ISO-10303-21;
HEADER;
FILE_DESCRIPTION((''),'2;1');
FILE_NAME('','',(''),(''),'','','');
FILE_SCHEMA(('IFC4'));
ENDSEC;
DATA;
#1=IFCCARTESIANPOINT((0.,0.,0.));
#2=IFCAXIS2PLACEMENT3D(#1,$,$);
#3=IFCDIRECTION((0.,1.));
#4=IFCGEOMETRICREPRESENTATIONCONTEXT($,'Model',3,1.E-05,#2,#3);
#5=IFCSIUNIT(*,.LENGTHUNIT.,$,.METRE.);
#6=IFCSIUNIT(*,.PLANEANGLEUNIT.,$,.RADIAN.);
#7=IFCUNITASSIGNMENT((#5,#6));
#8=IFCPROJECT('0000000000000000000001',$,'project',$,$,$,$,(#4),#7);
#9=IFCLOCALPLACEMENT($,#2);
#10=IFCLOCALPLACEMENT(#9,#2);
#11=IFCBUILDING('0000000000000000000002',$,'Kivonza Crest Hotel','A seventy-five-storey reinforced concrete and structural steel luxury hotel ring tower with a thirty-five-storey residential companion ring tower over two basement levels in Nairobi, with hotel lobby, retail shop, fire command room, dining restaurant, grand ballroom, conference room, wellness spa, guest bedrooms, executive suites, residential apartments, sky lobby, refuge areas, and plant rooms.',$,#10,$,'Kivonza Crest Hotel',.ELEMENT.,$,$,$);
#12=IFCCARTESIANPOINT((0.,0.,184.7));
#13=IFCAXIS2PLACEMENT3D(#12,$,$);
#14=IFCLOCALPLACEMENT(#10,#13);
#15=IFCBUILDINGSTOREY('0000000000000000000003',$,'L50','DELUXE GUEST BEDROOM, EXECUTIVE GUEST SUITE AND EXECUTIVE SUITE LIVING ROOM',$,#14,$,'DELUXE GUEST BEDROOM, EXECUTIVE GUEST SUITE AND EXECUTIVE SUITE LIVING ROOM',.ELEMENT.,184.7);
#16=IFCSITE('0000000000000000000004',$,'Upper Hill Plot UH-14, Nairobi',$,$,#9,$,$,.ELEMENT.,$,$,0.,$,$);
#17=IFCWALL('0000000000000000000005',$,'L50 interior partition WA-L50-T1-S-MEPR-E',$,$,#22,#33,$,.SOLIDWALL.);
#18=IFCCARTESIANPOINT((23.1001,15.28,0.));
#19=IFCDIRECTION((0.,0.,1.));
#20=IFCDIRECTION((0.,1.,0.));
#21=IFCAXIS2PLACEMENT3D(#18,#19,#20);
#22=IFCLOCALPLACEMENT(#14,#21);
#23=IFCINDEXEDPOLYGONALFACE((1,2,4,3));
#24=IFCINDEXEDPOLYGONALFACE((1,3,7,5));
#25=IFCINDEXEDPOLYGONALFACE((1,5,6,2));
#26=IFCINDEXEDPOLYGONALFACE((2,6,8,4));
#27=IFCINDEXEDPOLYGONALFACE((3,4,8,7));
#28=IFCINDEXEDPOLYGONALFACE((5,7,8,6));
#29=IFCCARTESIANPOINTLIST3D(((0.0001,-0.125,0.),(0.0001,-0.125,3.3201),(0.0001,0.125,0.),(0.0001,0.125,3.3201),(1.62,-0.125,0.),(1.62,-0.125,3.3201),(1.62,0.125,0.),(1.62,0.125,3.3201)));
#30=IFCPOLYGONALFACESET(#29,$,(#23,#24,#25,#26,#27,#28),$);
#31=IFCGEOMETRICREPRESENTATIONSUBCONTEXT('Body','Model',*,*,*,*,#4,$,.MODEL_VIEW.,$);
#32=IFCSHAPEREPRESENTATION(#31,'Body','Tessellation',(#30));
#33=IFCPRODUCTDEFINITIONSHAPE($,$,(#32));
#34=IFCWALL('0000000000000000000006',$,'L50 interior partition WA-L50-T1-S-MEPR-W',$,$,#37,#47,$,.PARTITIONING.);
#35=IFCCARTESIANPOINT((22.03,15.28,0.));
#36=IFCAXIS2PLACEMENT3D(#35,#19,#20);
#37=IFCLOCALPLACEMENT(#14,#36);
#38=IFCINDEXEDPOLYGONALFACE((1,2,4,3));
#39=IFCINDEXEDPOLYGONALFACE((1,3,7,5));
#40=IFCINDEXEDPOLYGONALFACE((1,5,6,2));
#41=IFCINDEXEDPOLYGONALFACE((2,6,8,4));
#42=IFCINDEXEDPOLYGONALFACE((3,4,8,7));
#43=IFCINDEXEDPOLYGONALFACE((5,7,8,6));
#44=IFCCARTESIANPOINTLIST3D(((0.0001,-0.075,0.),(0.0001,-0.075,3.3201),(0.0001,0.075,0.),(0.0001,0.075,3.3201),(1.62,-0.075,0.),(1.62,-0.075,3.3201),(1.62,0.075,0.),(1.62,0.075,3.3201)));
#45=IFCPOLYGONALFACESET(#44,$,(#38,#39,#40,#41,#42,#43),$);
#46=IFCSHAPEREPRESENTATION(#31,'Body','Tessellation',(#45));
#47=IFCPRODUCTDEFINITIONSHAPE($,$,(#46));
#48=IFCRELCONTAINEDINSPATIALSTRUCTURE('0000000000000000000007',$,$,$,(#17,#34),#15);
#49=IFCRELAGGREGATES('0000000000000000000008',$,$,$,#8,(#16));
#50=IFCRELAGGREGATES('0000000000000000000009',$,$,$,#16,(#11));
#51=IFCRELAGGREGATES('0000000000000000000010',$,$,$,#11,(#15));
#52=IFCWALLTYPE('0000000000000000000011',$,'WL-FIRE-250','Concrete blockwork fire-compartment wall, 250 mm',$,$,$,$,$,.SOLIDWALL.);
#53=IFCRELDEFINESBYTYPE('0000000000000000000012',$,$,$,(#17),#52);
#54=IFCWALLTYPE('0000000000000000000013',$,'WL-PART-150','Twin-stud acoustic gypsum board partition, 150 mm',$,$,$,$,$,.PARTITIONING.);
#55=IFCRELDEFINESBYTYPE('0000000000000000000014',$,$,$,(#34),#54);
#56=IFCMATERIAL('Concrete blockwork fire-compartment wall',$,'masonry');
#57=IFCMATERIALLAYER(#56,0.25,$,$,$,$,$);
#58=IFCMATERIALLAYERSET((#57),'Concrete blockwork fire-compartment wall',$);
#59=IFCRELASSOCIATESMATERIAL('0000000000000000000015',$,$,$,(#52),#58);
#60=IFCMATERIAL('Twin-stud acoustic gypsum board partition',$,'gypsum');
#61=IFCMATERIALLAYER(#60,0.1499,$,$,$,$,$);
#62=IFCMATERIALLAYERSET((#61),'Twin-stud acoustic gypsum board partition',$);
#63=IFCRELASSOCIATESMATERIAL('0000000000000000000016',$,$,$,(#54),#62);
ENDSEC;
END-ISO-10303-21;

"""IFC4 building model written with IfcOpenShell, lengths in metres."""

from ifc_helpers import new_model, si_unit, direction, frame, frame_2d, origin, place, context, subcontext, project, spatial, rectangle, extrude, material, layer, layer_set, type_object, element, save


model = new_model("IFC4")

# Units and contexts
model_context = context("Model", 3, precision=1e-05, world=origin(), true_north=direction((0.0, 1.0)))
body_context = subcontext(model_context, "Body", "Model", "MODEL_VIEW")
ifc_project = project(units=[si_unit("LENGTHUNIT", "METRE"), si_unit("PLANEANGLEUNIT", "RADIAN")], contexts=[model_context])

# Site, building, storey
site_placement = place(None, origin())
site = spatial("IfcSite", under=ifc_project, at=site_placement, Name="Upper Hill Plot UH-14, Nairobi", CompositionType="ELEMENT", RefElevation=0.0)
building_placement = place(site_placement, origin())
building = spatial("IfcBuilding", under=site, at=building_placement, Name="Kivonza Crest Hotel", Description="A seventy-five-storey reinforced concrete and structural steel luxury hotel ring tower with a thirty-five-storey residential companion ring tower over two basement levels in Nairobi, with hotel lobby, retail shop, fire command room, dining restaurant, grand ballroom, conference room, wellness spa, guest bedrooms, executive suites, residential apartments, sky lobby, refuge areas, and plant rooms.", LongName="Kivonza Crest Hotel", CompositionType="ELEMENT")
storey_placement = place(building_placement, frame((0.0, 0.0, 184.7)))
storey = spatial("IfcBuildingStorey", under=building, at=storey_placement, Name="L50", Description="DELUXE GUEST BEDROOM, EXECUTIVE GUEST SUITE AND EXECUTIVE SUITE LIVING ROOM", LongName="DELUXE GUEST BEDROOM, EXECUTIVE GUEST SUITE AND EXECUTIVE SUITE LIVING ROOM", CompositionType="ELEMENT", Elevation=184.7)

# Walls
ifc_material_1 = material(Name="Concrete blockwork fire-compartment wall", Category="masonry")
ifc_layer_1 = layer(ifc_material_1, 0.25)
ifc_layer_set_1 = layer_set([ifc_layer_1], Name="Concrete blockwork fire-compartment wall")
wall_type_1 = type_object("IfcWallType", Name="WL-FIRE-250", Description="Concrete blockwork fire-compartment wall, 250 mm", PredefinedType="SOLIDWALL", material=ifc_layer_set_1)
wall_1_placement = place(storey_placement, frame((23.1001, 15.28, 0.0), z_axis=(0.0, 0.0, 1.0), x_axis=(0.0, 1.0, 0.0)))
element("IfcWall", 1, at=wall_1_placement, inside=storey, type_object=wall_type_1, Name="L50 interior partition WA-L50-T1-S-MEPR-E", PredefinedType="SOLIDWALL", context=body_context, shape_type="SweptSolid", body=[
    extrude(rectangle(XDim=1.6199, YDim=0.25, at=frame_2d((0.8101, 0.0))), origin(), (0.0, 0.0, 1.0), 3.3201),
])
ifc_material_2 = material(Name="Twin-stud acoustic gypsum board partition", Category="gypsum")
ifc_layer_2 = layer(ifc_material_2, 0.1499)
ifc_layer_set_2 = layer_set([ifc_layer_2], Name="Twin-stud acoustic gypsum board partition")
wall_type_2 = type_object("IfcWallType", Name="WL-PART-150", Description="Twin-stud acoustic gypsum board partition, 150 mm", PredefinedType="PARTITIONING", material=ifc_layer_set_2)
wall_2_placement = place(storey_placement, frame((22.03, 15.28, 0.0), z_axis=(0.0, 0.0, 1.0), x_axis=(0.0, 1.0, 0.0)))
element("IfcWall", 2, at=wall_2_placement, inside=storey, type_object=wall_type_2, Name="L50 interior partition WA-L50-T1-S-MEPR-W", PredefinedType="PARTITIONING", context=body_context, shape_type="SweptSolid", body=[
    extrude(rectangle(XDim=1.6199, YDim=0.1499, at=frame_2d((0.8101, 0.0))), origin(), (0.0, 0.0, 1.0), 3.3201),
])

save(model, "model.ifc")
